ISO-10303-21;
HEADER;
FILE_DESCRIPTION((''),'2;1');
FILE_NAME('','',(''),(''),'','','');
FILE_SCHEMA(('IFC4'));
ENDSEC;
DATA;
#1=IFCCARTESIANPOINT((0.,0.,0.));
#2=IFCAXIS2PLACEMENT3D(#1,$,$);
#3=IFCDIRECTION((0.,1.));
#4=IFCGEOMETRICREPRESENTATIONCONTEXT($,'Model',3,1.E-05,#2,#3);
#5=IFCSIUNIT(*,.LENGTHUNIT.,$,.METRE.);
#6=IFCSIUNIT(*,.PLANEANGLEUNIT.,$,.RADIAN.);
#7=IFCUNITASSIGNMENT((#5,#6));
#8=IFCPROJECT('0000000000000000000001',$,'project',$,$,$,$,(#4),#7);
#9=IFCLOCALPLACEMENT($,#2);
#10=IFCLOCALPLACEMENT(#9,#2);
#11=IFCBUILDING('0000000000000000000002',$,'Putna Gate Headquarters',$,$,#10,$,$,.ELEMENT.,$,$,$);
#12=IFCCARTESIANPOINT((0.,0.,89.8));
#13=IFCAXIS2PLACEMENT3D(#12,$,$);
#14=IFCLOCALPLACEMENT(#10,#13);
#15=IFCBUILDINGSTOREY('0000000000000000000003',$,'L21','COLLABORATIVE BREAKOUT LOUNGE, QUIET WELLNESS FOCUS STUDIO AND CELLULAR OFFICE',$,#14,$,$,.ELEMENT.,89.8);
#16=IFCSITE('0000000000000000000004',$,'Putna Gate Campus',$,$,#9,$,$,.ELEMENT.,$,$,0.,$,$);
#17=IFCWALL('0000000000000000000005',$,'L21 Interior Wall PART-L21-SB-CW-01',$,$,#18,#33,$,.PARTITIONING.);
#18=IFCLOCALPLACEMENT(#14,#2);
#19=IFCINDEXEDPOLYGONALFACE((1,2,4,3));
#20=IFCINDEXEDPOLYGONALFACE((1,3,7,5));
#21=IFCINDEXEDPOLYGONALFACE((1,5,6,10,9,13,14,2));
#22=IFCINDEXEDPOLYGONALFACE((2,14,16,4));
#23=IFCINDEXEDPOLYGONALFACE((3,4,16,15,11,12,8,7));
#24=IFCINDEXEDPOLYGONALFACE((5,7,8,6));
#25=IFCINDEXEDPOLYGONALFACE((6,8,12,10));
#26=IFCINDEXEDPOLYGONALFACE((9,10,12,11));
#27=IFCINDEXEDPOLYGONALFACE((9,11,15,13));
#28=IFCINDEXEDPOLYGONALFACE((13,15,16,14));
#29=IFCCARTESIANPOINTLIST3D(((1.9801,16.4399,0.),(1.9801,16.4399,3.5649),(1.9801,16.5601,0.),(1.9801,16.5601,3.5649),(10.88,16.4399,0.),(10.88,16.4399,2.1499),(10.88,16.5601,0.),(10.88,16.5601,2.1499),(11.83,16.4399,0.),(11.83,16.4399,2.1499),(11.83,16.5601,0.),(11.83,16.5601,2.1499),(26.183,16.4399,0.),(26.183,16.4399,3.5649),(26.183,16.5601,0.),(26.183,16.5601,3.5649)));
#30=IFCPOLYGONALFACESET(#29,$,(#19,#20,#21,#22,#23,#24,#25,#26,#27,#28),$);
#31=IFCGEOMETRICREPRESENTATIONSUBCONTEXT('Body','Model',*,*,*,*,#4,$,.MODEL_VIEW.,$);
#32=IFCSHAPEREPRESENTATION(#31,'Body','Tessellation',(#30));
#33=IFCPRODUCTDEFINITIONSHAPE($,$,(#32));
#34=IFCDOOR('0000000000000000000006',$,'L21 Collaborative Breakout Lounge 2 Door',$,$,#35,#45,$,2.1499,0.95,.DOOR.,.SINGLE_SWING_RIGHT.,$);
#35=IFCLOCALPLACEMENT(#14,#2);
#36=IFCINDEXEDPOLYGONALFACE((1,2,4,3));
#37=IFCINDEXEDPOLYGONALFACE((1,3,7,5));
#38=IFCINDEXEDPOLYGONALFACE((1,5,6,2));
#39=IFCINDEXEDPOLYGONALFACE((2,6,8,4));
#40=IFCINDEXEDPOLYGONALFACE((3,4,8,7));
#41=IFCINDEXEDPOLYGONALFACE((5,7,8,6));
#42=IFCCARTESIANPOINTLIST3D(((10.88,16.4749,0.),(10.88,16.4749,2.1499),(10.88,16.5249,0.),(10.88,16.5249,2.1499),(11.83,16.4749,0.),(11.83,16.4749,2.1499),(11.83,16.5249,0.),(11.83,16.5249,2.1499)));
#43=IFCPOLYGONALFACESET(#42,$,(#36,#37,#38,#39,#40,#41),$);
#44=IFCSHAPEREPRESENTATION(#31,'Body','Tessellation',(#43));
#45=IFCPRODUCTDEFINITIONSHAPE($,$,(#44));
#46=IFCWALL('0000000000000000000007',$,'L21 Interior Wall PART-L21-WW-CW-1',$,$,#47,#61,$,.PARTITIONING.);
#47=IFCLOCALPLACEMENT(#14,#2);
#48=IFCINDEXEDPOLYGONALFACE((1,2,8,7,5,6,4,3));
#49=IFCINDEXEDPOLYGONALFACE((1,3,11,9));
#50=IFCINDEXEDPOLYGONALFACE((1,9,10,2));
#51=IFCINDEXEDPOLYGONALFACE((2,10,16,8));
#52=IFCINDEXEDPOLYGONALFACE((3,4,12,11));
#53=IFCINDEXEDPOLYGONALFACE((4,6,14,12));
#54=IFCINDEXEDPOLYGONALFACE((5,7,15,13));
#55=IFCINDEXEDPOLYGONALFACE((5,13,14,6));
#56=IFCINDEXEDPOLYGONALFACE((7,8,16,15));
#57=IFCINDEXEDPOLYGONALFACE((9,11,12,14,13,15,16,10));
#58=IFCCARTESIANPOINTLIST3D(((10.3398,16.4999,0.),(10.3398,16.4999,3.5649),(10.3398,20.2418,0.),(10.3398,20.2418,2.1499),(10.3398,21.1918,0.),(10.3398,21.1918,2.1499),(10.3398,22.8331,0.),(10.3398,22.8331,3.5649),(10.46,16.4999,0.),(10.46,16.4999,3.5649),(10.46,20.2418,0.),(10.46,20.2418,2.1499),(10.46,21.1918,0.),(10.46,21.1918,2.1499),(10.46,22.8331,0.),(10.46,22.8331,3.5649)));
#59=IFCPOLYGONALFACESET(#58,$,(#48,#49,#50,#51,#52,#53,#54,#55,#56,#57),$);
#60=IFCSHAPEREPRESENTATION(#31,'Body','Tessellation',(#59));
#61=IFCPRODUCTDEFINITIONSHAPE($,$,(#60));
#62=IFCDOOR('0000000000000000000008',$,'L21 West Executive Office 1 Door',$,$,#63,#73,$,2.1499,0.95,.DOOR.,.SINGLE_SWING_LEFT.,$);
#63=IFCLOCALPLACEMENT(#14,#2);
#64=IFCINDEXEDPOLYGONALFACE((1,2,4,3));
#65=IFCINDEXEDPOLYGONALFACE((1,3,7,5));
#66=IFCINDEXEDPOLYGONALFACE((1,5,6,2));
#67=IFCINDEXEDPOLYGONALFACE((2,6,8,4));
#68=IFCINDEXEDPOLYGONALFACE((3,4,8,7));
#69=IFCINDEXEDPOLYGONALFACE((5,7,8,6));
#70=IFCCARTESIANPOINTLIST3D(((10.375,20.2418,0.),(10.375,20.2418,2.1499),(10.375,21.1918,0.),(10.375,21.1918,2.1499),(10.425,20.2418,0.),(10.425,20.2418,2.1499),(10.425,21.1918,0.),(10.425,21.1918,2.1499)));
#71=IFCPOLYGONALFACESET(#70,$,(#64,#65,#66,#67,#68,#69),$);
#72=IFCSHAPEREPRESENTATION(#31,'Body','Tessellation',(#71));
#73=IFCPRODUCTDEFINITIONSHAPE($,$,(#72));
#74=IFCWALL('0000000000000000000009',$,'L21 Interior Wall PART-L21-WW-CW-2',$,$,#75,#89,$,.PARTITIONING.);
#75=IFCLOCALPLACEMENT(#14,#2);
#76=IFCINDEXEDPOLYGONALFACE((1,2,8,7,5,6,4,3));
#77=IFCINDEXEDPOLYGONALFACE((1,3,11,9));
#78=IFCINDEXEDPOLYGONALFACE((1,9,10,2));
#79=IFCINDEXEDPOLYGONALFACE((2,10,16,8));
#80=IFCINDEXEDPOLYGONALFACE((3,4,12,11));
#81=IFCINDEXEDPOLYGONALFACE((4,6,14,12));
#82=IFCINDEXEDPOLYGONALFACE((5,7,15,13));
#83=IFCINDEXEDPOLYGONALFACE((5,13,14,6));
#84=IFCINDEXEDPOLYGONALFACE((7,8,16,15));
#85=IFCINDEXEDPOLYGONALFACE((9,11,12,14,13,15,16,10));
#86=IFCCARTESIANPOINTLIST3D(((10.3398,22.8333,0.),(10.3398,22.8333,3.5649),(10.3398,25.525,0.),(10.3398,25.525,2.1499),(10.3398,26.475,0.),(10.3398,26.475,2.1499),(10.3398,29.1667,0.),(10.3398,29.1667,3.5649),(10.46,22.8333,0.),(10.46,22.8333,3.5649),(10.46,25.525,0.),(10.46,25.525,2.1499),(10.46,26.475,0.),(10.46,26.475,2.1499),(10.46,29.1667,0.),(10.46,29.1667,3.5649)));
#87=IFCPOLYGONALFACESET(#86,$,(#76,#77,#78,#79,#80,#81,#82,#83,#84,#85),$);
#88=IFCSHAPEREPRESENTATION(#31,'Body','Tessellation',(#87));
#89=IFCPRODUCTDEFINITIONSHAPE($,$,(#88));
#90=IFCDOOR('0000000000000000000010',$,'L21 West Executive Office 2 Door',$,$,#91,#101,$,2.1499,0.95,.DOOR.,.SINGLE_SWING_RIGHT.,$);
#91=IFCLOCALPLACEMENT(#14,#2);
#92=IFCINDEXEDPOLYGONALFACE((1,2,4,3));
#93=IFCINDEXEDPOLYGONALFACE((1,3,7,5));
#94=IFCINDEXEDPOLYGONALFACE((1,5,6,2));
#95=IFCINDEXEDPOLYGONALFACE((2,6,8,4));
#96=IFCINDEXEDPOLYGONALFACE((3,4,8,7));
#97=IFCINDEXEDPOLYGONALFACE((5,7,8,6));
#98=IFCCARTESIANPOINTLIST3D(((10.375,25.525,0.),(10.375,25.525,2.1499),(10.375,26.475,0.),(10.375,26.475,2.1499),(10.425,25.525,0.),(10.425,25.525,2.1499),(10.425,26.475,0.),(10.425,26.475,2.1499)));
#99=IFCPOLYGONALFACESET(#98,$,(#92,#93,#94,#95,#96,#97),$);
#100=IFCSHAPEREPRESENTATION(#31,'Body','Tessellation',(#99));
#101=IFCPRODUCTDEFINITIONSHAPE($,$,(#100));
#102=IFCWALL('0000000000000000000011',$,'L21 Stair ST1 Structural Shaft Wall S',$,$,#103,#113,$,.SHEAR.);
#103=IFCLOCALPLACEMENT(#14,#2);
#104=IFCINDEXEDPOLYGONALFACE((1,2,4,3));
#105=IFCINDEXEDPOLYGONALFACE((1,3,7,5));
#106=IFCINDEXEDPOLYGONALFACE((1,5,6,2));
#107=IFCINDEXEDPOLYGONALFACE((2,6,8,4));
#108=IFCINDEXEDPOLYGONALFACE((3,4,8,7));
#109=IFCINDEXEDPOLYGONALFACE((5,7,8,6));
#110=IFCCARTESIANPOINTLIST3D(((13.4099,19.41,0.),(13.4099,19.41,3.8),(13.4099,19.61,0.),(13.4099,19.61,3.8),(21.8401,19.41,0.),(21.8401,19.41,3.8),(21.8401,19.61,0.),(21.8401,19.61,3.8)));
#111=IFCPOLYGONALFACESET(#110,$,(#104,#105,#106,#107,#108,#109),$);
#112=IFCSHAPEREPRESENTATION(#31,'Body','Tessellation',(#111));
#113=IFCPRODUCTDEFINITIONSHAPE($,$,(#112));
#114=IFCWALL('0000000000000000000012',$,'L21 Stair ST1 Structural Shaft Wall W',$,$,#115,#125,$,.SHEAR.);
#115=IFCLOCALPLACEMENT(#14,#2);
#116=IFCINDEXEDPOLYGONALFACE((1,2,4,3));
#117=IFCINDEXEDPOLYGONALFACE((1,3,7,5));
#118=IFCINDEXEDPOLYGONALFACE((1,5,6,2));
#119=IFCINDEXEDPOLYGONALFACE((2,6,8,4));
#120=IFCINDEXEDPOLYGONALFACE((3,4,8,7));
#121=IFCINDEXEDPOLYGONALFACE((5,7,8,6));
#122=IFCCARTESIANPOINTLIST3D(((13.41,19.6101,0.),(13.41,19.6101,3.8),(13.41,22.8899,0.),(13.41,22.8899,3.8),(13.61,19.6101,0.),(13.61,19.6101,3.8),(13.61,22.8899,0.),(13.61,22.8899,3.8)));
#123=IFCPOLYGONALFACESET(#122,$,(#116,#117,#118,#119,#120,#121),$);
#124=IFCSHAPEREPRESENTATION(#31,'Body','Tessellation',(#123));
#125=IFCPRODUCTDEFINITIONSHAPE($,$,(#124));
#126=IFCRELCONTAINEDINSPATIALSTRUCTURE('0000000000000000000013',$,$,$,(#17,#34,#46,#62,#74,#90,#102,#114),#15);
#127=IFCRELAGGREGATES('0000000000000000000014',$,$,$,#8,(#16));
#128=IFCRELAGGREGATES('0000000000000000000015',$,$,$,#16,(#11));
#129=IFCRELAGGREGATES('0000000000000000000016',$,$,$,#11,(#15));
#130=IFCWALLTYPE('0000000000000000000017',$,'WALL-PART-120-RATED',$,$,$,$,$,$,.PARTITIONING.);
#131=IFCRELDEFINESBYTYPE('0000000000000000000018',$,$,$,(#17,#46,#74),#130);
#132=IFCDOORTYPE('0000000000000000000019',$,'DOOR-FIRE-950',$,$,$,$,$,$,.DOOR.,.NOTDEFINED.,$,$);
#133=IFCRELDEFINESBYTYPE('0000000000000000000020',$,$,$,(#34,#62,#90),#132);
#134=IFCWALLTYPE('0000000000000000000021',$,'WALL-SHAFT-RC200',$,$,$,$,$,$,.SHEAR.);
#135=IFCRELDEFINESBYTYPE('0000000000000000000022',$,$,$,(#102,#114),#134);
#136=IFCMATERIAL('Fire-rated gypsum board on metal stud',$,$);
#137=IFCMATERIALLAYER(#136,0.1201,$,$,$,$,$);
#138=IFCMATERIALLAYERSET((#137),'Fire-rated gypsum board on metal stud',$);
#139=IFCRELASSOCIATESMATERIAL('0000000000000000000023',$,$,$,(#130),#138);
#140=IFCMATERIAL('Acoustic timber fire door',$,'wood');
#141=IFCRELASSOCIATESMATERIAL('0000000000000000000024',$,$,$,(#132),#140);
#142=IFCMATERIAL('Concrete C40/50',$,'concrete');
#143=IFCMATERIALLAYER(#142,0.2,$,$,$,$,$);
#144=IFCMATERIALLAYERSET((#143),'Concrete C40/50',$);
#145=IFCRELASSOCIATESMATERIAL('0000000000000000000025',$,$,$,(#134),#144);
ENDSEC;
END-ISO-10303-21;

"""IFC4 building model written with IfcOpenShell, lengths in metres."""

from ifc_helpers import new_model, si_unit, direction, frame, frame_2d, origin, place, context, subcontext, project, spatial, rectangle, extrude, material, layer, layer_set, type_object, element, fill, save


model = new_model("IFC4")

# Units and contexts
model_context = context("Model", 3, precision=1e-05, world=origin(), true_north=direction((0.0, 1.0)))
body_context = subcontext(model_context, "Body", "Model", "MODEL_VIEW")
ifc_project = project(units=[si_unit("LENGTHUNIT", "METRE"), si_unit("PLANEANGLEUNIT", "RADIAN")], contexts=[model_context])

# Site, building, storey
site_placement = place(None, origin())
site = spatial("IfcSite", under=ifc_project, at=site_placement, Name="Putna Gate Campus", CompositionType="ELEMENT", RefElevation=0.0)
building_placement = place(site_placement, origin())
building = spatial("IfcBuilding", under=site, at=building_placement, Name="Putna Gate Headquarters", CompositionType="ELEMENT")
storey_placement = place(building_placement, frame((0.0, 0.0, 89.8)))
storey = spatial("IfcBuildingStorey", under=building, at=storey_placement, Name="L21", Description="COLLABORATIVE BREAKOUT LOUNGE, QUIET WELLNESS FOCUS STUDIO AND CELLULAR OFFICE", CompositionType="ELEMENT", Elevation=89.8)

# Walls, openings, doors
ifc_material_1 = material(Name="Fire-rated gypsum board on metal stud")
ifc_layer_1 = layer(ifc_material_1, 0.1201)
ifc_layer_set_1 = layer_set([ifc_layer_1], Name="Fire-rated gypsum board on metal stud")
wall_type_1 = type_object("IfcWallType", Name="WALL-PART-120-RATED", PredefinedType="PARTITIONING", material=ifc_layer_set_1)
wall_1_placement = place(storey_placement, frame((1.98, 16.5, 0.0), z_axis=(0.0, 0.0, 1.0), x_axis=(1.0, 0.0, 0.0)))
wall_1 = element("IfcWall", 1, at=wall_1_placement, inside=storey, type_object=wall_type_1, Name="L21 Interior Wall PART-L21-SB-CW-01", PredefinedType="PARTITIONING", context=body_context, shape_type="SweptSolid", body=[
    extrude(rectangle(XDim=24.2029, YDim=0.1201, at=frame_2d((12.1016, 0.0))), origin(), (0.0, 0.0, 1.0), 3.5649),
])
opening_1_placement = place(wall_1_placement, frame((8.8999, 0.0, 0.0)))
opening_1 = element("IfcOpeningElement", 2, at=opening_1_placement, cuts=wall_1, PredefinedType="OPENING", context=body_context, shape_type="SweptSolid", body=[
    extrude(rectangle(XDim=0.95, YDim=2.1499, at=frame_2d((0.4751, 1.075))), frame((0.0, 0.0701, 0.0), z_axis=(0.0, -1.0, 0.0), x_axis=(1.0, 0.0, 0.0)), (0.0, 0.0, 1.0), 0.1401),
])
ifc_material_2 = material(Name="Acoustic timber fire door", Category="wood")
door_type_1 = type_object("IfcDoorType", Name="DOOR-FIRE-950", OperationType="NOTDEFINED", PredefinedType="DOOR", material=ifc_material_2)
door_1_placement = place(opening_1_placement, origin())
door_1 = element("IfcDoor", 3, at=door_1_placement, inside=storey, type_object=door_type_1, Name="L21 Collaborative Breakout Lounge 2 Door", OperationType="SINGLE_SWING_RIGHT", OverallHeight=2.1499, OverallWidth=0.95, PredefinedType="DOOR", context=body_context, shape_type="SweptSolid", body=[
    extrude(rectangle(XDim=0.95, YDim=2.1499, at=frame_2d((0.4751, 1.075))), frame((0.0, 0.0249, 0.0), z_axis=(0.0, -1.0, 0.0), x_axis=(1.0, 0.0, 0.0)), (0.0, 0.0, 1.0), 0.05),
])
fill(opening_1, door_1)
wall_2_placement = place(storey_placement, frame((10.3999, 16.5, 0.0), z_axis=(0.0, 0.0, 1.0), x_axis=(0.0, 1.0, 0.0)))
wall_2 = element("IfcWall", 4, at=wall_2_placement, inside=storey, type_object=wall_type_1, Name="L21 Interior Wall PART-L21-WW-CW-1", PredefinedType="PARTITIONING", context=body_context, shape_type="SweptSolid", body=[
    extrude(rectangle(XDim=6.3333, YDim=0.1201, at=frame_2d((3.1665, 0.0))), origin(), (0.0, 0.0, 1.0), 3.5649),
])
opening_2_placement = place(wall_2_placement, frame((3.7417, 0.0, 0.0)))
opening_2 = element("IfcOpeningElement", 5, at=opening_2_placement, cuts=wall_2, PredefinedType="OPENING", context=body_context, shape_type="SweptSolid", body=[
    extrude(rectangle(XDim=0.95, YDim=2.1499, at=frame_2d((0.4751, 1.075))), frame((0.0, 0.0701, 0.0), z_axis=(0.0, -1.0, 0.0), x_axis=(1.0, 0.0, 0.0)), (0.0, 0.0, 1.0), 0.1401),
])
door_2_placement = place(opening_2_placement, origin())
door_2 = element("IfcDoor", 6, at=door_2_placement, inside=storey, type_object=door_type_1, Name="L21 West Executive Office 1 Door", OperationType="SINGLE_SWING_LEFT", OverallHeight=2.1499, OverallWidth=0.95, PredefinedType="DOOR", context=body_context, shape_type="SweptSolid", body=[
    extrude(rectangle(XDim=0.95, YDim=2.1499, at=frame_2d((0.4751, 1.075))), frame((0.0, 0.0249, 0.0), z_axis=(0.0, -1.0, 0.0), x_axis=(1.0, 0.0, 0.0)), (0.0, 0.0, 1.0), 0.05),
])
fill(opening_2, door_2)
wall_3_placement = place(storey_placement, frame((10.3999, 22.8333, 0.0), z_axis=(0.0, 0.0, 1.0), x_axis=(0.0, 1.0, 0.0)))
wall_3 = element("IfcWall", 7, at=wall_3_placement, inside=storey, type_object=wall_type_1, Name="L21 Interior Wall PART-L21-WW-CW-2", PredefinedType="PARTITIONING", context=body_context, shape_type="SweptSolid", body=[
    extrude(rectangle(XDim=6.3335, YDim=0.1201, at=frame_2d((3.1667, 0.0))), origin(), (0.0, 0.0, 1.0), 3.5649),
])
opening_3_placement = place(wall_3_placement, frame((2.6917, 0.0, 0.0)))
opening_3 = element("IfcOpeningElement", 8, at=opening_3_placement, cuts=wall_3, PredefinedType="OPENING", context=body_context, shape_type="SweptSolid", body=[
    extrude(rectangle(XDim=0.95, YDim=2.1499, at=frame_2d((0.4751, 1.075))), frame((0.0, 0.0701, 0.0), z_axis=(0.0, -1.0, 0.0), x_axis=(1.0, 0.0, 0.0)), (0.0, 0.0, 1.0), 0.1401),
])
door_3_placement = place(opening_3_placement, origin())
door_3 = element("IfcDoor", 9, at=door_3_placement, inside=storey, type_object=door_type_1, Name="L21 West Executive Office 2 Door", OperationType="SINGLE_SWING_RIGHT", OverallHeight=2.1499, OverallWidth=0.95, PredefinedType="DOOR", context=body_context, shape_type="SweptSolid", body=[
    extrude(rectangle(XDim=0.95, YDim=2.1499, at=frame_2d((0.4751, 1.075))), frame((0.0, 0.0249, 0.0), z_axis=(0.0, -1.0, 0.0), x_axis=(1.0, 0.0, 0.0)), (0.0, 0.0, 1.0), 0.05),
])
fill(opening_3, door_3)

# Walls
ifc_material_3 = material(Name="Concrete C40/50", Category="concrete")
ifc_layer_2 = layer(ifc_material_3, 0.2)
ifc_layer_set_2 = layer_set([ifc_layer_2], Name="Concrete C40/50")
wall_type_2 = type_object("IfcWallType", Name="WALL-SHAFT-RC200", PredefinedType="SHEAR", material=ifc_layer_set_2)
wall_4_placement = place(storey_placement, frame((13.4099, 19.51, 0.0), z_axis=(0.0, 0.0, 1.0), x_axis=(1.0, 0.0, 0.0)))
element("IfcWall", 10, at=wall_4_placement, inside=storey, type_object=wall_type_2, Name="L21 Stair ST1 Structural Shaft Wall S", PredefinedType="SHEAR", context=body_context, shape_type="SweptSolid", body=[
    extrude(rectangle(XDim=8.4302, YDim=0.2, at=frame_2d((4.2151, 0.0))), origin(), (0.0, 0.0, 1.0), 3.8),
])
wall_5_placement = place(storey_placement, frame((13.51, 19.6101, 0.0), z_axis=(0.0, 0.0, 1.0), x_axis=(0.0, 1.0, 0.0)))
element("IfcWall", 11, at=wall_5_placement, inside=storey, type_object=wall_type_2, Name="L21 Stair ST1 Structural Shaft Wall W", PredefinedType="SHEAR", context=body_context, shape_type="SweptSolid", body=[
    extrude(rectangle(XDim=3.2798, YDim=0.2, at=frame_2d((1.6399, 0.0))), origin(), (0.0, 0.0, 1.0), 3.8),
])

save(model, "model.ifc")
